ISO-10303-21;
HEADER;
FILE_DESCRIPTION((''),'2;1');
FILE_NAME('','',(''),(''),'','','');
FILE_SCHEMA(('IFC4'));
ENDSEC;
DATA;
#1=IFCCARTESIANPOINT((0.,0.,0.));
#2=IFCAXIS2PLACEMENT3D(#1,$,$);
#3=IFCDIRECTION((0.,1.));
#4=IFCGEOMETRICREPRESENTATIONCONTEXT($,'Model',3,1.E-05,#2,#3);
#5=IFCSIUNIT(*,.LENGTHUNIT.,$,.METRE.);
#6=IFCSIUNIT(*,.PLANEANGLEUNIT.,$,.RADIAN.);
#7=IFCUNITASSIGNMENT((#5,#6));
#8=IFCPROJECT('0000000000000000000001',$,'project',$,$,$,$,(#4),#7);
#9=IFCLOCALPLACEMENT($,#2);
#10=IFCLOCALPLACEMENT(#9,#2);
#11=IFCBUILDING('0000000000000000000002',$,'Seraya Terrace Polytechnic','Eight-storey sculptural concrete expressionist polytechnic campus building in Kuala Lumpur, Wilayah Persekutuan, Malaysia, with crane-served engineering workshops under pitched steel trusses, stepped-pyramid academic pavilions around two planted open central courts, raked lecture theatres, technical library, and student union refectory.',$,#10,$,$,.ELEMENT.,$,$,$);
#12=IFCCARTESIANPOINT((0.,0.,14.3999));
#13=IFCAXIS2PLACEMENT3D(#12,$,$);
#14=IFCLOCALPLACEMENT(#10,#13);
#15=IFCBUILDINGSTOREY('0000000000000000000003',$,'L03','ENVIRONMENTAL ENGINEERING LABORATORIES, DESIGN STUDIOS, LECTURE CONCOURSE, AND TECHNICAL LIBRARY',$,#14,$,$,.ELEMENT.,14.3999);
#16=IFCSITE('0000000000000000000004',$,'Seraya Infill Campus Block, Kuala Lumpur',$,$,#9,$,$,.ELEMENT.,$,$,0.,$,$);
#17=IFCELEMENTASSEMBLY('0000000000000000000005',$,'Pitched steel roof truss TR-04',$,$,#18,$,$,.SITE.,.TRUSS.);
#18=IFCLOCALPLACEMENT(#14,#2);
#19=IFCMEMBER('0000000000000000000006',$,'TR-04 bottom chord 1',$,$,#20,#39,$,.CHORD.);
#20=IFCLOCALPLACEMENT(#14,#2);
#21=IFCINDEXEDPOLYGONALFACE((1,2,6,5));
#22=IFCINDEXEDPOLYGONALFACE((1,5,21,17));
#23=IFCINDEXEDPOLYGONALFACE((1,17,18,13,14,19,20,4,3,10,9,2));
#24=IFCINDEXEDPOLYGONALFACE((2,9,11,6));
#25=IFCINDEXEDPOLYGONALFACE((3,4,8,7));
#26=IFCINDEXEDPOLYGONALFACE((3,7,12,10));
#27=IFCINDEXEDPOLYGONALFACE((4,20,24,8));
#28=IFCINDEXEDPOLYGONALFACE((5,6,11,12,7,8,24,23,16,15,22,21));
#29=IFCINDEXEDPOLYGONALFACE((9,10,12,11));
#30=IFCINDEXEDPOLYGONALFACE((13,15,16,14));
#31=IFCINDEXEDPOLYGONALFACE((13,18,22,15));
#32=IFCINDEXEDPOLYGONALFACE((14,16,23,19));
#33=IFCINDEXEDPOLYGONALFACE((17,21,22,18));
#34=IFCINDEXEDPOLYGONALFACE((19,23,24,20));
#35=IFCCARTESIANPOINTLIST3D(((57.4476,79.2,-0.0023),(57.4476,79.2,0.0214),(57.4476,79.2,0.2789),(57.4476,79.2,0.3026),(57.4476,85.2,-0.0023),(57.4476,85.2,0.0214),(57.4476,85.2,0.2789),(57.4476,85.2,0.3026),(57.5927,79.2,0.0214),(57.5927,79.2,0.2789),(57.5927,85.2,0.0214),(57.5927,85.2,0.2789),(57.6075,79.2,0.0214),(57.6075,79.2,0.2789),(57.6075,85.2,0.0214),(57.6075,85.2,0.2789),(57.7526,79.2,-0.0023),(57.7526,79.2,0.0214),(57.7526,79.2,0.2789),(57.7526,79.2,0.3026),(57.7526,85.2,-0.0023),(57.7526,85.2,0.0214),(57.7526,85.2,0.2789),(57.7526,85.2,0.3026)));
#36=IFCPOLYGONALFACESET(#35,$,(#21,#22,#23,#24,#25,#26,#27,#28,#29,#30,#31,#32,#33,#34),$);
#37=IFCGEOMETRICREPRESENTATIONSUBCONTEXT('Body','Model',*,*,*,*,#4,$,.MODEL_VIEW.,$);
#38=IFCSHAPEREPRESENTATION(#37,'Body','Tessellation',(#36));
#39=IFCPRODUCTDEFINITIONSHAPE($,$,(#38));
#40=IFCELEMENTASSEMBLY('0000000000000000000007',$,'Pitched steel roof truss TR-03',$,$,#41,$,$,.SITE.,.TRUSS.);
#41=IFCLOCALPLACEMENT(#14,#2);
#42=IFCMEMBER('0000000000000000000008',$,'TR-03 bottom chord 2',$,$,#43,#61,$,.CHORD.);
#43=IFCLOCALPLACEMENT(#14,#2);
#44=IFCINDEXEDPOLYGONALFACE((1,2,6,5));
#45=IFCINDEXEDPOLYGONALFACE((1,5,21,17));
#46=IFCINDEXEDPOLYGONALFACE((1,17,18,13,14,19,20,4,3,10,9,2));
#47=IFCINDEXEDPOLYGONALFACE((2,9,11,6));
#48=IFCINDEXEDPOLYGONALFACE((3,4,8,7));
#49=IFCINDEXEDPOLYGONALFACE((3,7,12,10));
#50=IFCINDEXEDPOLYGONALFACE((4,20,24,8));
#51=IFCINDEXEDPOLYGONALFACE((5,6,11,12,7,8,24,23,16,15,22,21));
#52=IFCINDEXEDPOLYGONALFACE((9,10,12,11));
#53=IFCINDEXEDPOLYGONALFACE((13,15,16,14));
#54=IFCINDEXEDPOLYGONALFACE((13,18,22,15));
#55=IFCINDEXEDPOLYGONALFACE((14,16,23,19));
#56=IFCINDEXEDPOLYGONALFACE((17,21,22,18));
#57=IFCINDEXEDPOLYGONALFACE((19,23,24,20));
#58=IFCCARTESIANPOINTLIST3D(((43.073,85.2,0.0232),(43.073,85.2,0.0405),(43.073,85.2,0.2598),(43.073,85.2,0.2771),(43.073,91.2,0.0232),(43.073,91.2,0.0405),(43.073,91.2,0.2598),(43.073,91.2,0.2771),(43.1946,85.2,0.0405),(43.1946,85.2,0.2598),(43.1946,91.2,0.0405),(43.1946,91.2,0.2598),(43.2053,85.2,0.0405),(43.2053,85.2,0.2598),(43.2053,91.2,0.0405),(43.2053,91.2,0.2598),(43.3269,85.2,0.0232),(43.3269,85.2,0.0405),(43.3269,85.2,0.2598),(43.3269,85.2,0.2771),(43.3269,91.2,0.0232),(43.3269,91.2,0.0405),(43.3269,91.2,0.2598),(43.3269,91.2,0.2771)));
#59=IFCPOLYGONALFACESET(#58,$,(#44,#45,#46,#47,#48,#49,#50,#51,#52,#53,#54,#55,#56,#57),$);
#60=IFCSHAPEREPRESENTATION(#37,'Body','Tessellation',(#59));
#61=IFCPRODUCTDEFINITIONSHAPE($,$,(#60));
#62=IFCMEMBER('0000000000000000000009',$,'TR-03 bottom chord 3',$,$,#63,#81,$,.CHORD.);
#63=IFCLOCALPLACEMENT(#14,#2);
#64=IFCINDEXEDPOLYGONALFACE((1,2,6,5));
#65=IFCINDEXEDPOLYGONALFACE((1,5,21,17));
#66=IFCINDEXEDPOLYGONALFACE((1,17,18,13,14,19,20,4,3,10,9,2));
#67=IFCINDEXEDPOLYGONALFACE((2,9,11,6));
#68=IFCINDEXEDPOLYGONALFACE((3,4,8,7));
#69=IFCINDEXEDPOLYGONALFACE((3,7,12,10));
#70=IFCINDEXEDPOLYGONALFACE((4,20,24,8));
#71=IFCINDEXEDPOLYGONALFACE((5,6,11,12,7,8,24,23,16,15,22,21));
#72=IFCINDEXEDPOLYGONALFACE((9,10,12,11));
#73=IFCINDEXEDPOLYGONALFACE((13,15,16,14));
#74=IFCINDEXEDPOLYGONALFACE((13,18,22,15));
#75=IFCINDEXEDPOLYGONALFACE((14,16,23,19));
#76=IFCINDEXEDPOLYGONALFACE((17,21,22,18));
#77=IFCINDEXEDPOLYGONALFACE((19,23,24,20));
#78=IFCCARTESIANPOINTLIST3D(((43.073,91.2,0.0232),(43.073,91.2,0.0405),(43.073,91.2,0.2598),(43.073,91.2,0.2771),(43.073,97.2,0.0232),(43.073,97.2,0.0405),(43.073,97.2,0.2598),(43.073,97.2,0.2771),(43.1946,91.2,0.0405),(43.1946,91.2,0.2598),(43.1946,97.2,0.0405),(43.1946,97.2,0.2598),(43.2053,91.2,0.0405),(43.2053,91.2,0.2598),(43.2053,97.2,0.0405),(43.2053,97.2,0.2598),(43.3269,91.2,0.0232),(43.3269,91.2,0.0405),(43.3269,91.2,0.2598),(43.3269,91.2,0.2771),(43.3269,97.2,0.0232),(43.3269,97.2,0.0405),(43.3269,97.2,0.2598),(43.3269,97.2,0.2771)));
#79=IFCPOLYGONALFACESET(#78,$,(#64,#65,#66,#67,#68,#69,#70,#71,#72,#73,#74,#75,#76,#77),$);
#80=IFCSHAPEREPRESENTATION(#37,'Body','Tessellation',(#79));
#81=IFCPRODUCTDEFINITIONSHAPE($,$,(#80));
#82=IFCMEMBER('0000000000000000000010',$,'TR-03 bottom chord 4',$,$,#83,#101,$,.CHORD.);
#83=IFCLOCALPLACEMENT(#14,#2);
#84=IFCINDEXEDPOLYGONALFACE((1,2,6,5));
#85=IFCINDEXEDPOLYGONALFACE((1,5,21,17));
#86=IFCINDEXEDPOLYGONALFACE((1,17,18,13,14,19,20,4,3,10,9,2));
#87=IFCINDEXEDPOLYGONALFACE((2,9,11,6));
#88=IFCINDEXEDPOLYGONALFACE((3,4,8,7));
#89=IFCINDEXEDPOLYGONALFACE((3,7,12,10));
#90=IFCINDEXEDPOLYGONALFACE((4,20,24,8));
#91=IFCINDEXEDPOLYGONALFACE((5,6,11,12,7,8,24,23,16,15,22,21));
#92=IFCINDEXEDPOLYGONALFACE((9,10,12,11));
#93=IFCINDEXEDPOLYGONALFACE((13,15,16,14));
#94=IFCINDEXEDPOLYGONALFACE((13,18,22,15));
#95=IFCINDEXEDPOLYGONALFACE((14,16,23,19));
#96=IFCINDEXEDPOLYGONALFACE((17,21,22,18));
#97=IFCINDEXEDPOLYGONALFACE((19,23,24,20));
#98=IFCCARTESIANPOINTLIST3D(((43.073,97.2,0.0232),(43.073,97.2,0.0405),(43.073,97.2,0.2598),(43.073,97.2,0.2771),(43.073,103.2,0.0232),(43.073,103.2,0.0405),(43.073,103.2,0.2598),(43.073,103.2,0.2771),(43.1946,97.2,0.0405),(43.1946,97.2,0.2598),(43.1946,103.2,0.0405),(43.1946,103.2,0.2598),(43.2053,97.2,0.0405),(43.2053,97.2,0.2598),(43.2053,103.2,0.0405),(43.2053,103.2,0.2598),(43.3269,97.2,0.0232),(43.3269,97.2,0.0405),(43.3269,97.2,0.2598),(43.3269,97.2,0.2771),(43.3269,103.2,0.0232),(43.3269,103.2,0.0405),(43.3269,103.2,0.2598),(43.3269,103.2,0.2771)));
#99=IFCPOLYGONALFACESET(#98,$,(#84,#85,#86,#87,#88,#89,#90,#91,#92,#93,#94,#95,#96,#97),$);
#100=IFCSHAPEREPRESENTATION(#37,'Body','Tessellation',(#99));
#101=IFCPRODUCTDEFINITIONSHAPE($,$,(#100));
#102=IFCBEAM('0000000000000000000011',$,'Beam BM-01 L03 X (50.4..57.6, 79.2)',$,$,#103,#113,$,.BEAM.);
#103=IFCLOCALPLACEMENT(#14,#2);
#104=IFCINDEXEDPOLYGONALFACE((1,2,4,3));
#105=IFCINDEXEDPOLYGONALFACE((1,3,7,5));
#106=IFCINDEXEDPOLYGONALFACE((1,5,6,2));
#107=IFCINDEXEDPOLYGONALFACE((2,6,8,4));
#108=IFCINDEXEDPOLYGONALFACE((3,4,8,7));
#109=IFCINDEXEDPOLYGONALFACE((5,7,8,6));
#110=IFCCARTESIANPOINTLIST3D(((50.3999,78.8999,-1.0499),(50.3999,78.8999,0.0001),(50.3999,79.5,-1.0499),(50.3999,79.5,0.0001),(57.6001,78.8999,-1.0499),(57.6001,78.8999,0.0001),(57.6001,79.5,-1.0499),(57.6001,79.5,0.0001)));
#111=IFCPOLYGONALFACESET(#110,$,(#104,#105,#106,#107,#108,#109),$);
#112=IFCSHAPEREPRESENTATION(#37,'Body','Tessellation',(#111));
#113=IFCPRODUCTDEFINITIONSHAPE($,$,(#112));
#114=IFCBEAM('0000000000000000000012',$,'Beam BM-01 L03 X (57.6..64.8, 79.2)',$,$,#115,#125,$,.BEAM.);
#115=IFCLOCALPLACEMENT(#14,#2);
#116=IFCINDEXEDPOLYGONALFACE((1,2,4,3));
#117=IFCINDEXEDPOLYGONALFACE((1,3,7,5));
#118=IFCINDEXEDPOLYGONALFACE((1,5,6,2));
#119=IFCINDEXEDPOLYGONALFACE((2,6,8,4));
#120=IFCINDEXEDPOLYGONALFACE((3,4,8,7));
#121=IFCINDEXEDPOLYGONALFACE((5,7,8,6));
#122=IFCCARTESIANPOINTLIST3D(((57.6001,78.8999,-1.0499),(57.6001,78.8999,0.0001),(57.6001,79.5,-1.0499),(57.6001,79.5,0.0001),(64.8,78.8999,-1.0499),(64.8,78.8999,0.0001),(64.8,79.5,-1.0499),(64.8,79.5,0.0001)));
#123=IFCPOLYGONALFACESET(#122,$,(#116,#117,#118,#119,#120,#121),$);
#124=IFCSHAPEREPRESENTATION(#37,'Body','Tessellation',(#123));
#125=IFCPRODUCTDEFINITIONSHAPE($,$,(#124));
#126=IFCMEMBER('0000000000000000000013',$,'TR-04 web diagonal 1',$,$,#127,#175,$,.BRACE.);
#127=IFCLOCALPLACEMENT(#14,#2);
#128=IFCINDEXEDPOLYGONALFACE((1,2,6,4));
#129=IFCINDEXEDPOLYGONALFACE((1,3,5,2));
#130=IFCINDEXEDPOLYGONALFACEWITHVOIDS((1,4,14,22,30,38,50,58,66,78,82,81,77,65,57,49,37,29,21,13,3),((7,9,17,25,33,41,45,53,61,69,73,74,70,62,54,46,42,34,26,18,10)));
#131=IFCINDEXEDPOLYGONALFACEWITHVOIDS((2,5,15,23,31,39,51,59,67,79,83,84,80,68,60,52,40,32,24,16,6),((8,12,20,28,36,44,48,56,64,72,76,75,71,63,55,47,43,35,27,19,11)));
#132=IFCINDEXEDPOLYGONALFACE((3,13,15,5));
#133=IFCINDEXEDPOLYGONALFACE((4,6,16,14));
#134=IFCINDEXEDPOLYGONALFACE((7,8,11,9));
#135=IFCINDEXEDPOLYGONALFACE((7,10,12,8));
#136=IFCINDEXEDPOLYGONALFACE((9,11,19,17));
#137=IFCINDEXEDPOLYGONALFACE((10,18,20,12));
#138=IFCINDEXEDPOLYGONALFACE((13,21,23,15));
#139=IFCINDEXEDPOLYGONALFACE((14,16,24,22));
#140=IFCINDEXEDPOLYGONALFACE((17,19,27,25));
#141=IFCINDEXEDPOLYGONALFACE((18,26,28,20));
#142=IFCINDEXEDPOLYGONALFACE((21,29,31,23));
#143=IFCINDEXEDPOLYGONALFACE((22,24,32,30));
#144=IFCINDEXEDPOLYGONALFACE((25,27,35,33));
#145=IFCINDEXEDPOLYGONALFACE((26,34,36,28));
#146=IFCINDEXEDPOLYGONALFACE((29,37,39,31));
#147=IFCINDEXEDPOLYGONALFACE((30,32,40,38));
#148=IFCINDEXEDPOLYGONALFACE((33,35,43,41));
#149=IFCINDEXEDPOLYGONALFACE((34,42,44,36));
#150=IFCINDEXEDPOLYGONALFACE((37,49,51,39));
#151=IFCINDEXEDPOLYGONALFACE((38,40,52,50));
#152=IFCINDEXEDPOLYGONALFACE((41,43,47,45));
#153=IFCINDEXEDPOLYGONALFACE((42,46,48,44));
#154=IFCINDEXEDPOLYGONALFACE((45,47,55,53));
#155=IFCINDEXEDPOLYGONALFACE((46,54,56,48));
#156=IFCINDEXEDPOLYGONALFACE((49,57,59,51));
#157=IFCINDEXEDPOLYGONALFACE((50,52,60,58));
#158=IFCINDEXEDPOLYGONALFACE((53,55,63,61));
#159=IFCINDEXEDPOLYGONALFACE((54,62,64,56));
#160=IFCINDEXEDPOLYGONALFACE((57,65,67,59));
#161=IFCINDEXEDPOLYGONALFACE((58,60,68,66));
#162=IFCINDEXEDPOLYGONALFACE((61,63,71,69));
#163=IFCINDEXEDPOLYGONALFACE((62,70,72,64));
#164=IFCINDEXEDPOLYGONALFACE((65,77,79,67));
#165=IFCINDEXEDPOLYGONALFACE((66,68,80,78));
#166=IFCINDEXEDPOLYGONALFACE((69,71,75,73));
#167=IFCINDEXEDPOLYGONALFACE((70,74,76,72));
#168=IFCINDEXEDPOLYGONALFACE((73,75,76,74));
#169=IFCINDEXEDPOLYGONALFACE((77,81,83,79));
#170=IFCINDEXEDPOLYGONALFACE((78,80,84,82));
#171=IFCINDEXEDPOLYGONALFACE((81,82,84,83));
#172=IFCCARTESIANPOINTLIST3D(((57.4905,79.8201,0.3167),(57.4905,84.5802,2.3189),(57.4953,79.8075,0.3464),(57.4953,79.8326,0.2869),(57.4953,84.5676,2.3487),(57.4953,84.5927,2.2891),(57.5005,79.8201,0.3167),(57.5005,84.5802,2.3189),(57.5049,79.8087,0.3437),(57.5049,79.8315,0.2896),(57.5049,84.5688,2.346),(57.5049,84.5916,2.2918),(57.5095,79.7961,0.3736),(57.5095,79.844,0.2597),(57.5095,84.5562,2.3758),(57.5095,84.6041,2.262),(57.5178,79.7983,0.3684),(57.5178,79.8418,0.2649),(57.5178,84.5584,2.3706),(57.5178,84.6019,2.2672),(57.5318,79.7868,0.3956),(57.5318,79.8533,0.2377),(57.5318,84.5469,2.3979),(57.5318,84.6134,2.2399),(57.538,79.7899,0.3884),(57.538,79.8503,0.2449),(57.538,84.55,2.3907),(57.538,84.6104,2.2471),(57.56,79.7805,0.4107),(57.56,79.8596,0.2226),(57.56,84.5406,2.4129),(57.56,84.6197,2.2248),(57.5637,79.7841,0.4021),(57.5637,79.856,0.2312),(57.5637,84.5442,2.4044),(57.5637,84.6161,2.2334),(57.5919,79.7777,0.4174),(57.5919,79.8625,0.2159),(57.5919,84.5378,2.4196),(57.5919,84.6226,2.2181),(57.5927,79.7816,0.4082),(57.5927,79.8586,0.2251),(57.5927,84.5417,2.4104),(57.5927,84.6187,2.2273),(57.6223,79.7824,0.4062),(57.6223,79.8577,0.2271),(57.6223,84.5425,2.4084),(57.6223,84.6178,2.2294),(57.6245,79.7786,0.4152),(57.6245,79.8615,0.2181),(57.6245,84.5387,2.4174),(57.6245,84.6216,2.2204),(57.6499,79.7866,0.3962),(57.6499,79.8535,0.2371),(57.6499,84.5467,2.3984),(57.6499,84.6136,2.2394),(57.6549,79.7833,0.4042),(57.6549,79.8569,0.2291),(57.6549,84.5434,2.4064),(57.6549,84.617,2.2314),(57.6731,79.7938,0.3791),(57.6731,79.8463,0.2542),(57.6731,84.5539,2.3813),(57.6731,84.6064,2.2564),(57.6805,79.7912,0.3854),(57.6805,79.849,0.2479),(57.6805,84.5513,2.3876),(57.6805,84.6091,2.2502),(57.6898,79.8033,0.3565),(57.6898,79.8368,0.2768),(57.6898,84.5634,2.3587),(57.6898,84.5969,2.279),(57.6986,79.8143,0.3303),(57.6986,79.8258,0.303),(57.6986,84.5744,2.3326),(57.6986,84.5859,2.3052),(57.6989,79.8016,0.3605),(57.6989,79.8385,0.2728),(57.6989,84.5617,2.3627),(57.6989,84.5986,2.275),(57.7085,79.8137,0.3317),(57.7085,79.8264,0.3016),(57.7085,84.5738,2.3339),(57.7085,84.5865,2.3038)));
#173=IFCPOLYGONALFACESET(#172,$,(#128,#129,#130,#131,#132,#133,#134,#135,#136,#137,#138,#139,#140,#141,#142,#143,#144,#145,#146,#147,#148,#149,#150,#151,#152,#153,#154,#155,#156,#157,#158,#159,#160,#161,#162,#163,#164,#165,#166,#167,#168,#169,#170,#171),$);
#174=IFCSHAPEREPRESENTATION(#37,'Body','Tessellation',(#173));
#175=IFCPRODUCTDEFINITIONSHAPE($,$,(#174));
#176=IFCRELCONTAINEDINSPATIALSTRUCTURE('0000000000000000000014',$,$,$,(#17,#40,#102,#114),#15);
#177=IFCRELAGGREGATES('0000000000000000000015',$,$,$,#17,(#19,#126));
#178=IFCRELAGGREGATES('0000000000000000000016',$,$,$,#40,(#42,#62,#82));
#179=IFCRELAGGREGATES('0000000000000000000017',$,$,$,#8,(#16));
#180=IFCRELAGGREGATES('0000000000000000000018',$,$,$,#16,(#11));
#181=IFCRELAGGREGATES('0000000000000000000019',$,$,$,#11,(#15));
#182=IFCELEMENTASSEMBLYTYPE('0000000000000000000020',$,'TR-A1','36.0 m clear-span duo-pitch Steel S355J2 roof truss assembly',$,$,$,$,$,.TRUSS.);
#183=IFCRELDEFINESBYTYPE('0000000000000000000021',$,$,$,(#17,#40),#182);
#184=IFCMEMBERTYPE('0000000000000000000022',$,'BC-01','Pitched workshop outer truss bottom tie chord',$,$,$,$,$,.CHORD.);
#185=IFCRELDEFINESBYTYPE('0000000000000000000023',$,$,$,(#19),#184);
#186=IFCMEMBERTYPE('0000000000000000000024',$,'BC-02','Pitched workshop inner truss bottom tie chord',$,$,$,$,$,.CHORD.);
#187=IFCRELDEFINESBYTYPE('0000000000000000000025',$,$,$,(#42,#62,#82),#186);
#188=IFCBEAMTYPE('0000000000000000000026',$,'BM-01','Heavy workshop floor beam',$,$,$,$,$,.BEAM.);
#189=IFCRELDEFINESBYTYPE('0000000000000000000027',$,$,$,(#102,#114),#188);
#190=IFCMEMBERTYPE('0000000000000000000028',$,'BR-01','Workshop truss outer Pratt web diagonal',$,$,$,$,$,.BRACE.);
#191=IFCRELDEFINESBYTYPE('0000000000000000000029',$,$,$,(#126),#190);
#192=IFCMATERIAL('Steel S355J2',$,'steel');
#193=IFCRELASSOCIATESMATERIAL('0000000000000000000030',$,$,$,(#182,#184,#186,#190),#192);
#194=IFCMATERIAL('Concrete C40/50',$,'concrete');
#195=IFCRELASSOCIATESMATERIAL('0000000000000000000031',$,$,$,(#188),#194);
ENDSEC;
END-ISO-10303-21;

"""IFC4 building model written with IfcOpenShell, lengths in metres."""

from ifc_helpers import new_model, si_unit, direction, frame, origin, origin_2d, place, context, subcontext, project, spatial, rectangle, hollow_circle, i_section, extrude, material, material_profile, profile_set, type_object, element, aggregate, save


model = new_model("IFC4")

# Units and contexts
model_context = context("Model", 3, precision=1e-05, world=origin(), true_north=direction((0.0, 1.0)))
body_context = subcontext(model_context, "Body", "Model", "MODEL_VIEW")
ifc_project = project(units=[si_unit("LENGTHUNIT", "METRE"), si_unit("PLANEANGLEUNIT", "RADIAN")], contexts=[model_context])

# Site, building, storey
site_placement = place(None, origin())
site = spatial("IfcSite", under=ifc_project, at=site_placement, Name="Seraya Infill Campus Block, Kuala Lumpur", CompositionType="ELEMENT", RefElevation=0.0)
building_placement = place(site_placement, origin())
building = spatial("IfcBuilding", under=site, at=building_placement, Name="Seraya Terrace Polytechnic", Description="Eight-storey sculptural concrete expressionist polytechnic campus building in Kuala Lumpur, Wilayah Persekutuan, Malaysia, with crane-served engineering workshops under pitched steel trusses, stepped-pyramid academic pavilions around two planted open central courts, raked lecture theatres, technical library, and student union refectory.", CompositionType="ELEMENT")
storey_placement = place(building_placement, frame((0.0, 0.0, 14.3999)))
storey = spatial("IfcBuildingStorey", under=building, at=storey_placement, Name="L03", Description="ENVIRONMENTAL ENGINEERING LABORATORIES, DESIGN STUDIOS, LECTURE CONCOURSE, AND TECHNICAL LIBRARY", CompositionType="ELEMENT", Elevation=14.3999)

# Element assembly, member
ifc_material_1 = material(Name="Steel S355J2", Category="steel")
element_assembly_type = type_object("IfcElementAssemblyType", Name="TR-A1", Description="36.0 m clear-span duo-pitch Steel S355J2 roof truss assembly", PredefinedType="TRUSS", material=ifc_material_1)
assembly_1_placement = place(storey_placement, origin())
assembly_1 = element("IfcElementAssembly", 1, at=assembly_1_placement, inside=storey, type_object=element_assembly_type, Name="Pitched steel roof truss TR-04", AssemblyPlace="SITE", PredefinedType="TRUSS")
ifc_material_profile_1 = material_profile(ifc_material_1, i_section(OverallWidth=0.3049, OverallDepth=0.3049, WebThickness=0.0149, FlangeThickness=0.0237, at=origin_2d()), Name="UKC 305x305x14.9x23.8")
ifc_profile_set_1 = profile_set([ifc_material_profile_1], Name="Steel S355J2")
member_type_1 = type_object("IfcMemberType", Name="BC-01", Description="Pitched workshop outer truss bottom tie chord", PredefinedType="CHORD", material=ifc_profile_set_1)
member_1_placement = place(storey_placement, frame((57.6001, 79.2, 0.1501), z_axis=(0.0, 1.0, 0.0), x_axis=(-1.0, 0.0, 0.0)))
member_1 = element("IfcMember", 2, at=member_1_placement, type_object=member_type_1, Name="TR-04 bottom chord 1", PredefinedType="CHORD", context=body_context, shape_type="SweptSolid", body=[
    extrude(i_section(OverallWidth=0.3049, OverallDepth=0.3049, WebThickness=0.0149, FlangeThickness=0.0237, at=origin_2d()), origin(), (0.0, 0.0, 1.0), 6.0),
])

# Element assembly, members
assembly_2_placement = place(storey_placement, origin())
assembly_2 = element("IfcElementAssembly", 3, at=assembly_2_placement, inside=storey, type_object=element_assembly_type, Name="Pitched steel roof truss TR-03", AssemblyPlace="SITE", PredefinedType="TRUSS")
ifc_material_profile_2 = material_profile(ifc_material_1, i_section(OverallWidth=0.2539, OverallDepth=0.2539, WebThickness=0.0107, FlangeThickness=0.0173, at=origin_2d()), Name="UKC 254x254x10.7x17.3")
ifc_profile_set_2 = profile_set([ifc_material_profile_2], Name="Steel S355J2")
member_type_2 = type_object("IfcMemberType", Name="BC-02", Description="Pitched workshop inner truss bottom tie chord", PredefinedType="CHORD", material=ifc_profile_set_2)
member_2_placement = place(storey_placement, frame((43.2, 85.2, 0.1501), z_axis=(0.0, 1.0, 0.0), x_axis=(-1.0, 0.0, 0.0)))
member_2 = element("IfcMember", 4, at=member_2_placement, type_object=member_type_2, Name="TR-03 bottom chord 2", PredefinedType="CHORD", context=body_context, shape_type="SweptSolid", body=[
    extrude(i_section(OverallWidth=0.2539, OverallDepth=0.2539, WebThickness=0.0107, FlangeThickness=0.0173, at=origin_2d()), origin(), (0.0, 0.0, 1.0), 6.0),
])
member_3_placement = place(storey_placement, frame((43.2, 91.2, 0.1501), z_axis=(0.0, 1.0, 0.0), x_axis=(-1.0, 0.0, 0.0)))
member_3 = element("IfcMember", 5, at=member_3_placement, type_object=member_type_2, Name="TR-03 bottom chord 3", PredefinedType="CHORD", context=body_context, shape_type="SweptSolid", body=[
    extrude(i_section(OverallWidth=0.2539, OverallDepth=0.2539, WebThickness=0.0107, FlangeThickness=0.0173, at=origin_2d()), origin(), (0.0, 0.0, 1.0), 6.0),
])
member_4_placement = place(storey_placement, frame((43.2, 97.2, 0.1501), z_axis=(0.0, 1.0, 0.0), x_axis=(-1.0, 0.0, 0.0)))
member_4 = element("IfcMember", 6, at=member_4_placement, type_object=member_type_2, Name="TR-03 bottom chord 4", PredefinedType="CHORD", context=body_context, shape_type="SweptSolid", body=[
    extrude(i_section(OverallWidth=0.2539, OverallDepth=0.2539, WebThickness=0.0107, FlangeThickness=0.0173, at=origin_2d()), origin(), (0.0, 0.0, 1.0), 6.0),
])

# Beams
ifc_material_2 = material(Name="Concrete C40/50", Category="concrete")
ifc_material_profile_3 = material_profile(ifc_material_2, rectangle(XDim=0.6001, YDim=1.05, at=origin_2d()), Name="RC 600x1050")
ifc_profile_set_3 = profile_set([ifc_material_profile_3], Name="Concrete C40/50")
beam_type = type_object("IfcBeamType", Name="BM-01", Description="Heavy workshop floor beam", PredefinedType="BEAM", material=ifc_profile_set_3)
beam_1_placement = place(storey_placement, frame((50.3999, 79.2, -0.5249), z_axis=(1.0, 0.0, 0.0), x_axis=(0.0, 1.0, 0.0)))
element("IfcBeam", 7, at=beam_1_placement, inside=storey, type_object=beam_type, Name="Beam BM-01 L03 X (50.4..57.6, 79.2)", PredefinedType="BEAM", context=body_context, shape_type="SweptSolid", body=[
    extrude(rectangle(XDim=0.6001, YDim=1.05, at=origin_2d()), origin(), (0.0, 0.0, 1.0), 7.2002),
])
beam_2_placement = place(storey_placement, frame((57.6001, 79.2, -0.5249), z_axis=(1.0, 0.0, 0.0), x_axis=(0.0, 1.0, 0.0)))
element("IfcBeam", 8, at=beam_2_placement, inside=storey, type_object=beam_type, Name="Beam BM-01 L03 X (57.6..64.8, 79.2)", PredefinedType="BEAM", context=body_context, shape_type="SweptSolid", body=[
    extrude(rectangle(XDim=0.6001, YDim=1.05, at=origin_2d()), origin(), (0.0, 0.0, 1.0), 7.2),
])

# Member
ifc_material_profile_4 = material_profile(ifc_material_1, hollow_circle(Radius=0.1096, WallThickness=0.01, at=origin_2d()), Name="CHS 219.1x10.0")
ifc_profile_set_4 = profile_set([ifc_material_profile_4], Name="Steel S355J2")
member_type_3 = type_object("IfcMemberType", Name="BR-01", Description="Workshop truss outer Pratt web diagonal", PredefinedType="BRACE", material=ifc_profile_set_4)
member_5_placement = place(storey_placement, frame((57.6001, 79.8201, 0.3167), z_axis=(0.0, 0.921775, 0.387725), x_axis=(-1.0, 0.0, 0.0)))
member_5 = element("IfcMember", 9, at=member_5_placement, type_object=member_type_3, Name="TR-04 web diagonal 1", PredefinedType="BRACE", context=body_context, shape_type="SweptSolid", body=[
    extrude(hollow_circle(Radius=0.1096, WallThickness=0.01, at=origin_2d()), origin(), (0.0, 0.0, 1.0), 5.1641),
])

aggregate(assembly_1, [member_1, member_5])
aggregate(assembly_2, [member_2, member_3, member_4])

save(model, "model.ifc")
